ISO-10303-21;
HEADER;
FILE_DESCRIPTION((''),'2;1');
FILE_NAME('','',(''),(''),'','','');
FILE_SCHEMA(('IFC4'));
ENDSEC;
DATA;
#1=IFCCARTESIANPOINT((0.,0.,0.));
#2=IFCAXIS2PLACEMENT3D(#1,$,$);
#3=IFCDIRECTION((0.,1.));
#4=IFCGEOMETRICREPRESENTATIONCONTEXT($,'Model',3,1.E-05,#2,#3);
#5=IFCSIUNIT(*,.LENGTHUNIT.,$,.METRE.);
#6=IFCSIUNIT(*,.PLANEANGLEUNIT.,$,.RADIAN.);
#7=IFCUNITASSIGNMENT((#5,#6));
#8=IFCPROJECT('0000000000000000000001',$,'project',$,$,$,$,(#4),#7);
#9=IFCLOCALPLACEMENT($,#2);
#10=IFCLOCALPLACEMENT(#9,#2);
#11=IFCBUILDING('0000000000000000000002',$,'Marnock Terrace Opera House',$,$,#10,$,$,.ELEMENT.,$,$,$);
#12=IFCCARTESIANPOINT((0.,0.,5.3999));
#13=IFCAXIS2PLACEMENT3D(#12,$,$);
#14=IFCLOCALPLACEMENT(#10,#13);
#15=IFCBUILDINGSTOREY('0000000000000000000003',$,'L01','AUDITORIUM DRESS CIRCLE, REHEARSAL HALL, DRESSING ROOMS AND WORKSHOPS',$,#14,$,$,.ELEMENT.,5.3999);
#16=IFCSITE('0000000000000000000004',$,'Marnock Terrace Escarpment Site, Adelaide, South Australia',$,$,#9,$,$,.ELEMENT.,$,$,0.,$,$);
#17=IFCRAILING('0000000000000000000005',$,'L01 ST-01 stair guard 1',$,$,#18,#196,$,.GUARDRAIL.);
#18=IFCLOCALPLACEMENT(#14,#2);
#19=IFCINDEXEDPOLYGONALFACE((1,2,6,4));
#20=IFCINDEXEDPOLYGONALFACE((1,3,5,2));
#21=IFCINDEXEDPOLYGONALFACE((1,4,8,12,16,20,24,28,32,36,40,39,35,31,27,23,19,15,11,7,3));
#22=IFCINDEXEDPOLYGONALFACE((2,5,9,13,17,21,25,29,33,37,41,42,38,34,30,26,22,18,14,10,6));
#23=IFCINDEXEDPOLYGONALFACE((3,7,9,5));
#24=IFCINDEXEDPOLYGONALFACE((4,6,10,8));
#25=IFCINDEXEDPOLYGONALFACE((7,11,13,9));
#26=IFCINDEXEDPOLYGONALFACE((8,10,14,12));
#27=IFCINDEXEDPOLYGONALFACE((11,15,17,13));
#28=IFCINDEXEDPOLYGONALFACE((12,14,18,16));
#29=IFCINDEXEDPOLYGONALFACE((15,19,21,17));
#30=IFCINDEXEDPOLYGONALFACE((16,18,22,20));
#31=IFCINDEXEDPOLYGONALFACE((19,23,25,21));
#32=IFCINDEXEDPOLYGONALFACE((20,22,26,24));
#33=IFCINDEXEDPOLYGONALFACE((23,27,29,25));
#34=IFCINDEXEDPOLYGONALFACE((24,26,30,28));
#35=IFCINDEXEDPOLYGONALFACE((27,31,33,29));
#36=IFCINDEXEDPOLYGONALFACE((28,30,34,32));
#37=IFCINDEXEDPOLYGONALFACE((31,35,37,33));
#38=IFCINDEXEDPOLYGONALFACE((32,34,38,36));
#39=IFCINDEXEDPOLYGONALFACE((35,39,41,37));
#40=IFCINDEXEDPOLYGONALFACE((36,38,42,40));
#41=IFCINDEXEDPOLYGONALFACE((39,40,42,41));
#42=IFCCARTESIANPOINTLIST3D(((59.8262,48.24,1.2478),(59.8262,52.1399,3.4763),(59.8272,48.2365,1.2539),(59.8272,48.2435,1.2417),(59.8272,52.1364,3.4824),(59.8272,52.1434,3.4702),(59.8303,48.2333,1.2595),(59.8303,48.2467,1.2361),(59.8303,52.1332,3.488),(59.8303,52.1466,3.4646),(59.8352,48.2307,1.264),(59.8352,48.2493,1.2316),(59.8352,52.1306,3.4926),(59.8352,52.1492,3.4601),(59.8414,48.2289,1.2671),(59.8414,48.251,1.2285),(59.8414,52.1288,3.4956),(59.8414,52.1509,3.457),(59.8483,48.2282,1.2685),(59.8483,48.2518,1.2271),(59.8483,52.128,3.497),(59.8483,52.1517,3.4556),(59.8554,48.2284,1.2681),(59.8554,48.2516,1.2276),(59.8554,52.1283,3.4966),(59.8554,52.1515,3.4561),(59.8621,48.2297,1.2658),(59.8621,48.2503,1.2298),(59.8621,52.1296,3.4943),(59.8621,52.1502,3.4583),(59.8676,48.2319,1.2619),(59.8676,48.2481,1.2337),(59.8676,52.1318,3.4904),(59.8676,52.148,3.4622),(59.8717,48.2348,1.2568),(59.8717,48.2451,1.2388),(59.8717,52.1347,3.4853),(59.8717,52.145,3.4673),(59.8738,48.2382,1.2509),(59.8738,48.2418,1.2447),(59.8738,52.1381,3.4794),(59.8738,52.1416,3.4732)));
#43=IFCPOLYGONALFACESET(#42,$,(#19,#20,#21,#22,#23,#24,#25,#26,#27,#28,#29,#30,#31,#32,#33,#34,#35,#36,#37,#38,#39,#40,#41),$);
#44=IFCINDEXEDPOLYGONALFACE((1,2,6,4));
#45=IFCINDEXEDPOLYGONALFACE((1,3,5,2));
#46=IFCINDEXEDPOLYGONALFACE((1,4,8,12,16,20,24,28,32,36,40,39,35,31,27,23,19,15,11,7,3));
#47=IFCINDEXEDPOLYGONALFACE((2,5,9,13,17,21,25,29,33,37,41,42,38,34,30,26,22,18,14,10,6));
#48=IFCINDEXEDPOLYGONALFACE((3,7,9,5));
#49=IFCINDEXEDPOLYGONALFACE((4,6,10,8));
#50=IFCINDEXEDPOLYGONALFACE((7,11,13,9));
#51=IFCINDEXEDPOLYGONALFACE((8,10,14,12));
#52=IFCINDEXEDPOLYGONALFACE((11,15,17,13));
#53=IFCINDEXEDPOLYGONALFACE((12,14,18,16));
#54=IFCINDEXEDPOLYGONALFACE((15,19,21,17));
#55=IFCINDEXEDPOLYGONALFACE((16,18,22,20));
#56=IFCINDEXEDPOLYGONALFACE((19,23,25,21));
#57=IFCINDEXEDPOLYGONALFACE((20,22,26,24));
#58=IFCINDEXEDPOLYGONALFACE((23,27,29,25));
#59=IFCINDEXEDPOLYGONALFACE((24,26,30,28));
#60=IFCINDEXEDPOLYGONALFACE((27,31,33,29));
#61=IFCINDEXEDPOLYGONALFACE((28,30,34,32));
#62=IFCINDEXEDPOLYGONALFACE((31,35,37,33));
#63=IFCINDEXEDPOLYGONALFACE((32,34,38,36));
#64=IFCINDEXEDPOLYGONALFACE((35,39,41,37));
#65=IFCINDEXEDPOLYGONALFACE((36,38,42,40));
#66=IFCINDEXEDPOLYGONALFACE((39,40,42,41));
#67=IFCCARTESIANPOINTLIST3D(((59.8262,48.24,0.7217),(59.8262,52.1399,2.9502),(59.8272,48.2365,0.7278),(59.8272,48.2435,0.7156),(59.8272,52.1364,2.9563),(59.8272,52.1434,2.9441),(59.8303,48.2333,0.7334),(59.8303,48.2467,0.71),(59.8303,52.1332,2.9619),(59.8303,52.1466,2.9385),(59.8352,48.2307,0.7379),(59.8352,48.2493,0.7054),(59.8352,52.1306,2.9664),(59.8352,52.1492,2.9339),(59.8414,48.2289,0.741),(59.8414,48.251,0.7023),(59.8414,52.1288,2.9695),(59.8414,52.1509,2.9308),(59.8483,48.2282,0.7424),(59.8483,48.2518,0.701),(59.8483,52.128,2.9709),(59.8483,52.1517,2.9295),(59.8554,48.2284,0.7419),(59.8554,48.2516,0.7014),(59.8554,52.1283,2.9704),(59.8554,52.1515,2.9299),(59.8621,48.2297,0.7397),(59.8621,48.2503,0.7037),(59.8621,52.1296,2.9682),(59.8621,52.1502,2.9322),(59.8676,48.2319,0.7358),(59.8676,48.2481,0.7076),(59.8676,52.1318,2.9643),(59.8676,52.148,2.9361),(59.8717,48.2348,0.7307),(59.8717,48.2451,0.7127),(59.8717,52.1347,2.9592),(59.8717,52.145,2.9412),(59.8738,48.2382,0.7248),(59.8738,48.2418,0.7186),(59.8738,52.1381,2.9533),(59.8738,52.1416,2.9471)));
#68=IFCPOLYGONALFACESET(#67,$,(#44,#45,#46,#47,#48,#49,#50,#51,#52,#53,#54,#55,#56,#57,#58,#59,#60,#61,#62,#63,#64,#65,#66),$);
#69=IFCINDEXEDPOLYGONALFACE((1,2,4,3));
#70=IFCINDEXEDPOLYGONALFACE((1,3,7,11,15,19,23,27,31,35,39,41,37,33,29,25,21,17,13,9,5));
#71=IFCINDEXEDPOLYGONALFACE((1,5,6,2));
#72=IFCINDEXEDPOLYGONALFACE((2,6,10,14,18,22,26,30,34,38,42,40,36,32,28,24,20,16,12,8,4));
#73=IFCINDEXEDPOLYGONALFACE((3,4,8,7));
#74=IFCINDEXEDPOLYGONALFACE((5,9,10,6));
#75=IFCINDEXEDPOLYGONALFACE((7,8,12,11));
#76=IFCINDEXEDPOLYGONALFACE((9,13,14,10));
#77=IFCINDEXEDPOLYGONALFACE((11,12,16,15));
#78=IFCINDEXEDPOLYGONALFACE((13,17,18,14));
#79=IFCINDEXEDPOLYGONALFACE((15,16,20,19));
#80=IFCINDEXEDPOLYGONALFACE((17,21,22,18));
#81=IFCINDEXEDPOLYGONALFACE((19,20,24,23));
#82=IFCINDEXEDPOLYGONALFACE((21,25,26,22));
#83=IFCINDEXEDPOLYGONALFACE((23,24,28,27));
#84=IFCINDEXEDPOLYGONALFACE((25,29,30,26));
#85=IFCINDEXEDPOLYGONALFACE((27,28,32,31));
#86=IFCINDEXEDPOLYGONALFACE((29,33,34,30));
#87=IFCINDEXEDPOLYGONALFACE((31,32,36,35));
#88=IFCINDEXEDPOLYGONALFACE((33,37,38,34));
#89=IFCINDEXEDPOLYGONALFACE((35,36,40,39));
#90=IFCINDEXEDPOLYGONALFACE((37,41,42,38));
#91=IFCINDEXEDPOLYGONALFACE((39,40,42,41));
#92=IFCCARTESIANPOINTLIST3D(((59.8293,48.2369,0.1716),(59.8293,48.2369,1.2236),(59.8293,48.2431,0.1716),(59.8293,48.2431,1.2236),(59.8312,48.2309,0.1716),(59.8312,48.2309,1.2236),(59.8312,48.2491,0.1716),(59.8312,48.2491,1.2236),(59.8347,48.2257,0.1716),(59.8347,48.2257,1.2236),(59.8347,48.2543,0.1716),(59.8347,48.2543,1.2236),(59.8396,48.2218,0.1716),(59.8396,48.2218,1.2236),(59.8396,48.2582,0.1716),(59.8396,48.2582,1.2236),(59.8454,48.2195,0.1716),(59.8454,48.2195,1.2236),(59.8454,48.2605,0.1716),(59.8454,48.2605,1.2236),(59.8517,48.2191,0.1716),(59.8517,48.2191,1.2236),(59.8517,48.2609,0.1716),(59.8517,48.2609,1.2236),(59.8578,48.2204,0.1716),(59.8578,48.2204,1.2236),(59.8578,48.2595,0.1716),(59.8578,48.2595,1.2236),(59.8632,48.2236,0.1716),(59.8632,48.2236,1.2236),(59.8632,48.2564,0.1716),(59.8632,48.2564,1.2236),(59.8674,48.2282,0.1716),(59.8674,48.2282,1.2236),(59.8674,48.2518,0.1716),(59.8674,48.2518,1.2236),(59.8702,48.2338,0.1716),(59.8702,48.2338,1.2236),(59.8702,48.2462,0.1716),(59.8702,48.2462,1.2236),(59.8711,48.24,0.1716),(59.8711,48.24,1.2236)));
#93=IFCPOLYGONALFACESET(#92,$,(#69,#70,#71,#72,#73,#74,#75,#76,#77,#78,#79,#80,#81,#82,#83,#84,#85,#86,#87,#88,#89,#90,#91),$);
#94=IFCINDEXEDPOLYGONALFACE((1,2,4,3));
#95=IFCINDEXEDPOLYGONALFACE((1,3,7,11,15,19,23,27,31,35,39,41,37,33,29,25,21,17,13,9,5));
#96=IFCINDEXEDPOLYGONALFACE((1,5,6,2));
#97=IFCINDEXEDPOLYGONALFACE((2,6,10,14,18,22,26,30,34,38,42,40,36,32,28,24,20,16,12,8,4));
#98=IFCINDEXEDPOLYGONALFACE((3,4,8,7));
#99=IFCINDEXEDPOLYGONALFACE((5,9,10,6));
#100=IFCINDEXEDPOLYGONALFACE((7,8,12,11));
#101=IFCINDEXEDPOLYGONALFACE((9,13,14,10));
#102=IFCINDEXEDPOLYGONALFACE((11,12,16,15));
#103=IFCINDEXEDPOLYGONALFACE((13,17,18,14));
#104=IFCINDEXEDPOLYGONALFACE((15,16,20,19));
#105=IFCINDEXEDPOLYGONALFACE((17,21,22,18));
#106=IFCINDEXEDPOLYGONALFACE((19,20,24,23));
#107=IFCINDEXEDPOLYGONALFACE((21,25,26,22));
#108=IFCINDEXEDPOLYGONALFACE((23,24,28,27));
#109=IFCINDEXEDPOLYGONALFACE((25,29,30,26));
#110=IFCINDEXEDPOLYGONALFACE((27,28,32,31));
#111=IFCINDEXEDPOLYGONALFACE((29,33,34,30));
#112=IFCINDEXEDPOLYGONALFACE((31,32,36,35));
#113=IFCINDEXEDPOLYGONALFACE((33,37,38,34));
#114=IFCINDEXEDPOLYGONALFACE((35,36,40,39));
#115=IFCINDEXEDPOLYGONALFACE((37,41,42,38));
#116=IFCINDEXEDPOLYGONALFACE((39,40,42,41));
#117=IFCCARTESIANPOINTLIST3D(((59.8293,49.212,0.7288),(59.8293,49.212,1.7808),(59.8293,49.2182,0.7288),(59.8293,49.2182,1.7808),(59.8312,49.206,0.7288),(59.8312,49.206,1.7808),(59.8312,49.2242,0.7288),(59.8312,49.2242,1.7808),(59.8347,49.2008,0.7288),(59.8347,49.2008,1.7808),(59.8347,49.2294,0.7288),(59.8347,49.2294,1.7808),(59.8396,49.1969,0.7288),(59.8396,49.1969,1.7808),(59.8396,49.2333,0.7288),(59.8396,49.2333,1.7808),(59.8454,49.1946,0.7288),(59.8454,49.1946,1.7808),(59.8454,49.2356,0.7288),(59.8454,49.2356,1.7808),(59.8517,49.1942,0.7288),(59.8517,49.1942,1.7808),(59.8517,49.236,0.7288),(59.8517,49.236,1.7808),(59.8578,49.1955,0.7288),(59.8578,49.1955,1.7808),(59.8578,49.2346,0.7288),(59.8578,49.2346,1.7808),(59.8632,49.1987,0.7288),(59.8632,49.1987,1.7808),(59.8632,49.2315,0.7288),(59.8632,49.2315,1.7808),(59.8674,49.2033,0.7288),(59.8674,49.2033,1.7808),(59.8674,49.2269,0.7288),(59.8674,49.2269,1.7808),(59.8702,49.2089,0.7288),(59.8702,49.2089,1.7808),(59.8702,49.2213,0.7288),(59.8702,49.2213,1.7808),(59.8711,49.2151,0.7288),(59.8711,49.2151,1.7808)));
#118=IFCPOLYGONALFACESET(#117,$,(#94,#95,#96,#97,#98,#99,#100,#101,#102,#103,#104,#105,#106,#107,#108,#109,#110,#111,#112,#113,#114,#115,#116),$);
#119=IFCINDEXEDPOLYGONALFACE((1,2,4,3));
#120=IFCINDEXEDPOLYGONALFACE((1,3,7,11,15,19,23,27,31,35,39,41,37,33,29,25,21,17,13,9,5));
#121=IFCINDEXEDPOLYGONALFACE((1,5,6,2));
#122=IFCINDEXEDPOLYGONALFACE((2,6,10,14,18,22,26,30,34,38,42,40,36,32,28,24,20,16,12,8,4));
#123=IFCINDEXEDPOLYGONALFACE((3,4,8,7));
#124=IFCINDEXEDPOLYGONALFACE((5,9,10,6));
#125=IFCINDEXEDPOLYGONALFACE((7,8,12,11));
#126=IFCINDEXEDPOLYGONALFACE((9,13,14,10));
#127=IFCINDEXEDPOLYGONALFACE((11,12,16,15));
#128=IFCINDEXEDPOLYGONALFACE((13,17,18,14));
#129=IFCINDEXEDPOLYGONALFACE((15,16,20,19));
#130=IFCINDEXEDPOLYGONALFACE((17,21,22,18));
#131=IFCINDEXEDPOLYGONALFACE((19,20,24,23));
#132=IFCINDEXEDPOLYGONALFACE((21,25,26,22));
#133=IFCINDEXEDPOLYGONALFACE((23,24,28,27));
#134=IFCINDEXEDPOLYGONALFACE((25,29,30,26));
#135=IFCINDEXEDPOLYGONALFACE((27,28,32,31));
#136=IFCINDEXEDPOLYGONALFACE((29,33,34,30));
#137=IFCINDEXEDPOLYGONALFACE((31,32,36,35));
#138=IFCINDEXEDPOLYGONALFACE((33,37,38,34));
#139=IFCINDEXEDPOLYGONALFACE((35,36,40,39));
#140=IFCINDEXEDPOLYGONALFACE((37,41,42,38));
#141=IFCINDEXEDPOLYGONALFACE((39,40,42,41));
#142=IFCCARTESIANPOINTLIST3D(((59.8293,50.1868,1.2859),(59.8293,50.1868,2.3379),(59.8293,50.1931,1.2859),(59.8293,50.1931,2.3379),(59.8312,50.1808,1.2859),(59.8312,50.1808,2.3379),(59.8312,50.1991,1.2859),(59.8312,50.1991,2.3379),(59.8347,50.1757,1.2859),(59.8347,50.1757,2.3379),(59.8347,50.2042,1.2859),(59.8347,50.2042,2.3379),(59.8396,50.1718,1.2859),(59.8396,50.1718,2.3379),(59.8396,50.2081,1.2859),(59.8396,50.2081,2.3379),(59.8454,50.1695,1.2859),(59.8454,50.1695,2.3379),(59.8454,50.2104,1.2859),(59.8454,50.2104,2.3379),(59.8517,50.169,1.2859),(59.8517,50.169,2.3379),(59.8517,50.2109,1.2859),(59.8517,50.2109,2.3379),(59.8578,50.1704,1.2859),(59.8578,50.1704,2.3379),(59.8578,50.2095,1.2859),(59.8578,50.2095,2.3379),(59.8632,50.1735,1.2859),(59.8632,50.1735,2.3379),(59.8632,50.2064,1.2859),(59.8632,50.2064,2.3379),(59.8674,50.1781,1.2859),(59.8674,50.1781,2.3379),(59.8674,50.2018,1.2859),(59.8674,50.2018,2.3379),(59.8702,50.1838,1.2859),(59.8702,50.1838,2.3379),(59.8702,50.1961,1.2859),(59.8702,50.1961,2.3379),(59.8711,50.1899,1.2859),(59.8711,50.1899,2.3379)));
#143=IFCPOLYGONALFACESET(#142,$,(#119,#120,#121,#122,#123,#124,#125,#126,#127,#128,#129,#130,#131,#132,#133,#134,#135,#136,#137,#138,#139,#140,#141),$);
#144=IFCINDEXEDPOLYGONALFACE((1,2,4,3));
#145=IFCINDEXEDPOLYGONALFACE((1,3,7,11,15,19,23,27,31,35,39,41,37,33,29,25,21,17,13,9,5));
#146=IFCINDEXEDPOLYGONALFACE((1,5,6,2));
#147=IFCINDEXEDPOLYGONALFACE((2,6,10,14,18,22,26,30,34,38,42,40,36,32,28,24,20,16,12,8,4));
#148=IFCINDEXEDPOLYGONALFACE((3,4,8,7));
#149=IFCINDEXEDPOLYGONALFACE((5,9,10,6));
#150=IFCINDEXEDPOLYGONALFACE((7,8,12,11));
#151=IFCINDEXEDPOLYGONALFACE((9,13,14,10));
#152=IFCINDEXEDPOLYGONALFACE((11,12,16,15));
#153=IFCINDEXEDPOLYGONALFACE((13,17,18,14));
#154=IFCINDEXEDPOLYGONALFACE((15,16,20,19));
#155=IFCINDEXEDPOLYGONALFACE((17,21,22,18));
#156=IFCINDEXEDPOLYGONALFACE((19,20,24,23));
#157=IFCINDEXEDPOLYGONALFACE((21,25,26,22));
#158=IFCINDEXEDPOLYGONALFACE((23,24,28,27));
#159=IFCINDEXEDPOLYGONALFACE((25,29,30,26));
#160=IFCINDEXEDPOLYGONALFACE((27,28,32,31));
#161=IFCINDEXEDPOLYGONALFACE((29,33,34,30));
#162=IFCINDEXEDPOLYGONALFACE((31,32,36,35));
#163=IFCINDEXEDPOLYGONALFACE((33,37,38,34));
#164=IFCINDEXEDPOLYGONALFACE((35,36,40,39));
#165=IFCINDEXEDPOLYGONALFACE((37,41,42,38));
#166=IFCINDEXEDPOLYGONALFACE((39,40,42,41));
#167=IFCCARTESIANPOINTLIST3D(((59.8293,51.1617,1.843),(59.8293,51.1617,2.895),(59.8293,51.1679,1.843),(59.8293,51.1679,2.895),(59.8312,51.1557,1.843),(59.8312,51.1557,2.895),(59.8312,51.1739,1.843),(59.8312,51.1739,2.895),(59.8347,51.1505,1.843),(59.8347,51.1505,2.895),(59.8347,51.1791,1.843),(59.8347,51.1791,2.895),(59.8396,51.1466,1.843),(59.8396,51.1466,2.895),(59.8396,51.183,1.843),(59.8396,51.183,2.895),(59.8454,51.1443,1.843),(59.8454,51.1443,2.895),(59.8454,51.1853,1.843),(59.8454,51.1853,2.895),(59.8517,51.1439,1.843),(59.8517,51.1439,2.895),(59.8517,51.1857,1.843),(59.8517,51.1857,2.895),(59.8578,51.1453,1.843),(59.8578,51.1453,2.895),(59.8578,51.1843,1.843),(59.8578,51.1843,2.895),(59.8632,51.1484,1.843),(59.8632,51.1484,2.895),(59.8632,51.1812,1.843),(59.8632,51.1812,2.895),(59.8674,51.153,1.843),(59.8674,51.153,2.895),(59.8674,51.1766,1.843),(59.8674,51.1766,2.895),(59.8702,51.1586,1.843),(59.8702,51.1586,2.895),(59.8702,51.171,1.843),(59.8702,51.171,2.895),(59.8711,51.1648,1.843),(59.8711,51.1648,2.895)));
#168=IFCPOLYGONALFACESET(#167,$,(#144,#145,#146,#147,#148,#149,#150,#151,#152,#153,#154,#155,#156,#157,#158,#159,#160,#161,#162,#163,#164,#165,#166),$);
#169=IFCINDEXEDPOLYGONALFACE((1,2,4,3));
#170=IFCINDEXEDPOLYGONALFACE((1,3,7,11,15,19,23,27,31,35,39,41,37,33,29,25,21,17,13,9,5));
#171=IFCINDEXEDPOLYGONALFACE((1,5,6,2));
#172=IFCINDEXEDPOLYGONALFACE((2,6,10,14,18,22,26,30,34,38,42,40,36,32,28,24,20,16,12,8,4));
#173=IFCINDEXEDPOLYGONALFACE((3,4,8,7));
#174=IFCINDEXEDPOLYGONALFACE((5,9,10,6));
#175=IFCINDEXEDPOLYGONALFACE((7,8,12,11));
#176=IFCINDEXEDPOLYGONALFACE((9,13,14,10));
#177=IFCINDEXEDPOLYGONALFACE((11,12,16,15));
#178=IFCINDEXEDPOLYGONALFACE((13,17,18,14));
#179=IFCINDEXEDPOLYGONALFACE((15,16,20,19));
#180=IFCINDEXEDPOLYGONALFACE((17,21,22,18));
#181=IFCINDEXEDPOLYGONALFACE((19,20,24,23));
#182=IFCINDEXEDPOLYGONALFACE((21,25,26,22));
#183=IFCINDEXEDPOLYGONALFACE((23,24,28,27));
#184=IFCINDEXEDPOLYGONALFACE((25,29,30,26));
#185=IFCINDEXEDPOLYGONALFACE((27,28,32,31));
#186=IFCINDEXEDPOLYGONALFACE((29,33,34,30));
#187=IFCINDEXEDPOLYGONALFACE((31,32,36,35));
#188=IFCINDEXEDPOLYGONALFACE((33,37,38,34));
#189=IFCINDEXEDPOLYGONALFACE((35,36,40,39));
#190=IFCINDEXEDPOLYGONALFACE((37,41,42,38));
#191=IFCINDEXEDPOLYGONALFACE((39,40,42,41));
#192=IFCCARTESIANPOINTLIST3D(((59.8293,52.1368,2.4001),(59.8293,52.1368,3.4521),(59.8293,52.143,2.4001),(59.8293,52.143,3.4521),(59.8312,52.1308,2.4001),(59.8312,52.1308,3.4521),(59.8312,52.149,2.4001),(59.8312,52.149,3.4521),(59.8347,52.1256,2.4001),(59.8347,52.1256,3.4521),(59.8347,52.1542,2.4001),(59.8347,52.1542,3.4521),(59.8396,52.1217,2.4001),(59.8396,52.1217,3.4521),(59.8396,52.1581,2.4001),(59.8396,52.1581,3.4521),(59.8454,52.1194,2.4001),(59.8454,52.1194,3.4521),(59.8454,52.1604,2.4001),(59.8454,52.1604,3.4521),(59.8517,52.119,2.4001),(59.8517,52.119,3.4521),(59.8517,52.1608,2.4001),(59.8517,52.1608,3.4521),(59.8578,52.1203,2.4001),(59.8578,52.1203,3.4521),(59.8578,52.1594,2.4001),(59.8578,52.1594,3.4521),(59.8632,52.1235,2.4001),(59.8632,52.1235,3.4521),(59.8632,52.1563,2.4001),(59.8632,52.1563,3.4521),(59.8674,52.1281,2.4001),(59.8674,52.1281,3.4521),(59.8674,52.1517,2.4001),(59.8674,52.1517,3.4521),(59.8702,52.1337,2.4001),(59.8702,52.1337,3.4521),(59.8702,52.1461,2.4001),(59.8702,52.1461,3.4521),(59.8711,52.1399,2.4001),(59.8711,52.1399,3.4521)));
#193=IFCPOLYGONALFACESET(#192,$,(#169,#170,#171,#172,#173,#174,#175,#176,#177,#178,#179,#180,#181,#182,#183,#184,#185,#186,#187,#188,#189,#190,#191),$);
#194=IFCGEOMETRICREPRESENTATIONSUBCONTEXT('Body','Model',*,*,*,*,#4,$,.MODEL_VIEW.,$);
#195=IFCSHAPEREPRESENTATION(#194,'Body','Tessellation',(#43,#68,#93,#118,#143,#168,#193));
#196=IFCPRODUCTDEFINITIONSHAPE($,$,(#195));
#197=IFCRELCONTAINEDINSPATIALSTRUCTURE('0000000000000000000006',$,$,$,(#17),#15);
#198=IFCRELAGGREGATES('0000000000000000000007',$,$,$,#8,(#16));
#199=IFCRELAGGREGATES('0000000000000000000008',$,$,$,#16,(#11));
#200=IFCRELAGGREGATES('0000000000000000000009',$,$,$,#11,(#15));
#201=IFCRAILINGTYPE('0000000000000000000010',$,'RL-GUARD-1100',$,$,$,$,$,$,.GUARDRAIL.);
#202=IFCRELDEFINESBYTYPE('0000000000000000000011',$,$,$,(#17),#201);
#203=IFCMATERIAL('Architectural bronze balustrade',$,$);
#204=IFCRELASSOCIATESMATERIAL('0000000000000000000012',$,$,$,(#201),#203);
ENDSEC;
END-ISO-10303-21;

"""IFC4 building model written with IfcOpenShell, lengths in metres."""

from ifc_helpers import new_model, si_unit, direction, frame, origin, origin_2d, place, context, subcontext, project, spatial, circle, extrude, material, type_object, element, save


model = new_model("IFC4")

# Units and contexts
model_context = context("Model", 3, precision=1e-05, world=origin(), true_north=direction((0.0, 1.0)))
body_context = subcontext(model_context, "Body", "Model", "MODEL_VIEW")
ifc_project = project(units=[si_unit("LENGTHUNIT", "METRE"), si_unit("PLANEANGLEUNIT", "RADIAN")], contexts=[model_context])

# Site, building, storey
site_placement = place(None, origin())
site = spatial("IfcSite", under=ifc_project, at=site_placement, Name="Marnock Terrace Escarpment Site, Adelaide, South Australia", CompositionType="ELEMENT", RefElevation=0.0)
building_placement = place(site_placement, origin())
building = spatial("IfcBuilding", under=site, at=building_placement, Name="Marnock Terrace Opera House", CompositionType="ELEMENT")
storey_placement = place(building_placement, frame((0.0, 0.0, 5.3999)))
storey = spatial("IfcBuildingStorey", under=building, at=storey_placement, Name="L01", Description="AUDITORIUM DRESS CIRCLE, REHEARSAL HALL, DRESSING ROOMS AND WORKSHOPS", CompositionType="ELEMENT", Elevation=5.3999)

# Railing
ifc_material_1 = material(Name="Architectural bronze balustrade")
railing_type_1 = type_object("IfcRailingType", Name="RL-GUARD-1100", PredefinedType="GUARDRAIL", material=ifc_material_1)
railing_1_placement = place(storey_placement, frame((59.8501, 48.24, 0.1716)))
element("IfcRailing", 1, at=railing_1_placement, inside=storey, type_object=railing_type_1, Name="L01 ST-01 stair guard 1", PredefinedType="GUARDRAIL", context=body_context, shape_type="SweptSolid", body=[
    extrude(circle(Radius=0.0239, at=origin_2d()), frame((0.0, 0.0, 1.0762), z_axis=(0.0, 0.868243, 0.496139), x_axis=(-1.0, 0.0, 0.0)), (0.0, 0.0, 1.0), 4.4917),
    extrude(circle(Radius=0.0239, at=origin_2d()), frame((0.0, 0.0, 0.55), z_axis=(0.0, 0.868243, 0.496139), x_axis=(-1.0, 0.0, 0.0)), (0.0, 0.0, 1.0), 4.4917),
    extrude(circle(Radius=0.021, at=origin_2d()), origin(), (0.0, 0.0, 1.0), 1.052),
    extrude(circle(Radius=0.021, at=origin_2d()), frame((0.0, 0.9751, 0.5571)), (0.0, 0.0, 1.0), 1.052),
    extrude(circle(Radius=0.021, at=origin_2d()), frame((0.0, 1.95, 1.1143)), (0.0, 0.0, 1.0), 1.052),
    extrude(circle(Radius=0.021, at=origin_2d()), frame((0.0, 2.9248, 1.6714)), (0.0, 0.0, 1.0), 1.052),
    extrude(circle(Radius=0.021, at=origin_2d()), frame((0.0, 3.8999, 2.2285)), (0.0, 0.0, 1.0), 1.052),
])

save(model, "model.ifc")
